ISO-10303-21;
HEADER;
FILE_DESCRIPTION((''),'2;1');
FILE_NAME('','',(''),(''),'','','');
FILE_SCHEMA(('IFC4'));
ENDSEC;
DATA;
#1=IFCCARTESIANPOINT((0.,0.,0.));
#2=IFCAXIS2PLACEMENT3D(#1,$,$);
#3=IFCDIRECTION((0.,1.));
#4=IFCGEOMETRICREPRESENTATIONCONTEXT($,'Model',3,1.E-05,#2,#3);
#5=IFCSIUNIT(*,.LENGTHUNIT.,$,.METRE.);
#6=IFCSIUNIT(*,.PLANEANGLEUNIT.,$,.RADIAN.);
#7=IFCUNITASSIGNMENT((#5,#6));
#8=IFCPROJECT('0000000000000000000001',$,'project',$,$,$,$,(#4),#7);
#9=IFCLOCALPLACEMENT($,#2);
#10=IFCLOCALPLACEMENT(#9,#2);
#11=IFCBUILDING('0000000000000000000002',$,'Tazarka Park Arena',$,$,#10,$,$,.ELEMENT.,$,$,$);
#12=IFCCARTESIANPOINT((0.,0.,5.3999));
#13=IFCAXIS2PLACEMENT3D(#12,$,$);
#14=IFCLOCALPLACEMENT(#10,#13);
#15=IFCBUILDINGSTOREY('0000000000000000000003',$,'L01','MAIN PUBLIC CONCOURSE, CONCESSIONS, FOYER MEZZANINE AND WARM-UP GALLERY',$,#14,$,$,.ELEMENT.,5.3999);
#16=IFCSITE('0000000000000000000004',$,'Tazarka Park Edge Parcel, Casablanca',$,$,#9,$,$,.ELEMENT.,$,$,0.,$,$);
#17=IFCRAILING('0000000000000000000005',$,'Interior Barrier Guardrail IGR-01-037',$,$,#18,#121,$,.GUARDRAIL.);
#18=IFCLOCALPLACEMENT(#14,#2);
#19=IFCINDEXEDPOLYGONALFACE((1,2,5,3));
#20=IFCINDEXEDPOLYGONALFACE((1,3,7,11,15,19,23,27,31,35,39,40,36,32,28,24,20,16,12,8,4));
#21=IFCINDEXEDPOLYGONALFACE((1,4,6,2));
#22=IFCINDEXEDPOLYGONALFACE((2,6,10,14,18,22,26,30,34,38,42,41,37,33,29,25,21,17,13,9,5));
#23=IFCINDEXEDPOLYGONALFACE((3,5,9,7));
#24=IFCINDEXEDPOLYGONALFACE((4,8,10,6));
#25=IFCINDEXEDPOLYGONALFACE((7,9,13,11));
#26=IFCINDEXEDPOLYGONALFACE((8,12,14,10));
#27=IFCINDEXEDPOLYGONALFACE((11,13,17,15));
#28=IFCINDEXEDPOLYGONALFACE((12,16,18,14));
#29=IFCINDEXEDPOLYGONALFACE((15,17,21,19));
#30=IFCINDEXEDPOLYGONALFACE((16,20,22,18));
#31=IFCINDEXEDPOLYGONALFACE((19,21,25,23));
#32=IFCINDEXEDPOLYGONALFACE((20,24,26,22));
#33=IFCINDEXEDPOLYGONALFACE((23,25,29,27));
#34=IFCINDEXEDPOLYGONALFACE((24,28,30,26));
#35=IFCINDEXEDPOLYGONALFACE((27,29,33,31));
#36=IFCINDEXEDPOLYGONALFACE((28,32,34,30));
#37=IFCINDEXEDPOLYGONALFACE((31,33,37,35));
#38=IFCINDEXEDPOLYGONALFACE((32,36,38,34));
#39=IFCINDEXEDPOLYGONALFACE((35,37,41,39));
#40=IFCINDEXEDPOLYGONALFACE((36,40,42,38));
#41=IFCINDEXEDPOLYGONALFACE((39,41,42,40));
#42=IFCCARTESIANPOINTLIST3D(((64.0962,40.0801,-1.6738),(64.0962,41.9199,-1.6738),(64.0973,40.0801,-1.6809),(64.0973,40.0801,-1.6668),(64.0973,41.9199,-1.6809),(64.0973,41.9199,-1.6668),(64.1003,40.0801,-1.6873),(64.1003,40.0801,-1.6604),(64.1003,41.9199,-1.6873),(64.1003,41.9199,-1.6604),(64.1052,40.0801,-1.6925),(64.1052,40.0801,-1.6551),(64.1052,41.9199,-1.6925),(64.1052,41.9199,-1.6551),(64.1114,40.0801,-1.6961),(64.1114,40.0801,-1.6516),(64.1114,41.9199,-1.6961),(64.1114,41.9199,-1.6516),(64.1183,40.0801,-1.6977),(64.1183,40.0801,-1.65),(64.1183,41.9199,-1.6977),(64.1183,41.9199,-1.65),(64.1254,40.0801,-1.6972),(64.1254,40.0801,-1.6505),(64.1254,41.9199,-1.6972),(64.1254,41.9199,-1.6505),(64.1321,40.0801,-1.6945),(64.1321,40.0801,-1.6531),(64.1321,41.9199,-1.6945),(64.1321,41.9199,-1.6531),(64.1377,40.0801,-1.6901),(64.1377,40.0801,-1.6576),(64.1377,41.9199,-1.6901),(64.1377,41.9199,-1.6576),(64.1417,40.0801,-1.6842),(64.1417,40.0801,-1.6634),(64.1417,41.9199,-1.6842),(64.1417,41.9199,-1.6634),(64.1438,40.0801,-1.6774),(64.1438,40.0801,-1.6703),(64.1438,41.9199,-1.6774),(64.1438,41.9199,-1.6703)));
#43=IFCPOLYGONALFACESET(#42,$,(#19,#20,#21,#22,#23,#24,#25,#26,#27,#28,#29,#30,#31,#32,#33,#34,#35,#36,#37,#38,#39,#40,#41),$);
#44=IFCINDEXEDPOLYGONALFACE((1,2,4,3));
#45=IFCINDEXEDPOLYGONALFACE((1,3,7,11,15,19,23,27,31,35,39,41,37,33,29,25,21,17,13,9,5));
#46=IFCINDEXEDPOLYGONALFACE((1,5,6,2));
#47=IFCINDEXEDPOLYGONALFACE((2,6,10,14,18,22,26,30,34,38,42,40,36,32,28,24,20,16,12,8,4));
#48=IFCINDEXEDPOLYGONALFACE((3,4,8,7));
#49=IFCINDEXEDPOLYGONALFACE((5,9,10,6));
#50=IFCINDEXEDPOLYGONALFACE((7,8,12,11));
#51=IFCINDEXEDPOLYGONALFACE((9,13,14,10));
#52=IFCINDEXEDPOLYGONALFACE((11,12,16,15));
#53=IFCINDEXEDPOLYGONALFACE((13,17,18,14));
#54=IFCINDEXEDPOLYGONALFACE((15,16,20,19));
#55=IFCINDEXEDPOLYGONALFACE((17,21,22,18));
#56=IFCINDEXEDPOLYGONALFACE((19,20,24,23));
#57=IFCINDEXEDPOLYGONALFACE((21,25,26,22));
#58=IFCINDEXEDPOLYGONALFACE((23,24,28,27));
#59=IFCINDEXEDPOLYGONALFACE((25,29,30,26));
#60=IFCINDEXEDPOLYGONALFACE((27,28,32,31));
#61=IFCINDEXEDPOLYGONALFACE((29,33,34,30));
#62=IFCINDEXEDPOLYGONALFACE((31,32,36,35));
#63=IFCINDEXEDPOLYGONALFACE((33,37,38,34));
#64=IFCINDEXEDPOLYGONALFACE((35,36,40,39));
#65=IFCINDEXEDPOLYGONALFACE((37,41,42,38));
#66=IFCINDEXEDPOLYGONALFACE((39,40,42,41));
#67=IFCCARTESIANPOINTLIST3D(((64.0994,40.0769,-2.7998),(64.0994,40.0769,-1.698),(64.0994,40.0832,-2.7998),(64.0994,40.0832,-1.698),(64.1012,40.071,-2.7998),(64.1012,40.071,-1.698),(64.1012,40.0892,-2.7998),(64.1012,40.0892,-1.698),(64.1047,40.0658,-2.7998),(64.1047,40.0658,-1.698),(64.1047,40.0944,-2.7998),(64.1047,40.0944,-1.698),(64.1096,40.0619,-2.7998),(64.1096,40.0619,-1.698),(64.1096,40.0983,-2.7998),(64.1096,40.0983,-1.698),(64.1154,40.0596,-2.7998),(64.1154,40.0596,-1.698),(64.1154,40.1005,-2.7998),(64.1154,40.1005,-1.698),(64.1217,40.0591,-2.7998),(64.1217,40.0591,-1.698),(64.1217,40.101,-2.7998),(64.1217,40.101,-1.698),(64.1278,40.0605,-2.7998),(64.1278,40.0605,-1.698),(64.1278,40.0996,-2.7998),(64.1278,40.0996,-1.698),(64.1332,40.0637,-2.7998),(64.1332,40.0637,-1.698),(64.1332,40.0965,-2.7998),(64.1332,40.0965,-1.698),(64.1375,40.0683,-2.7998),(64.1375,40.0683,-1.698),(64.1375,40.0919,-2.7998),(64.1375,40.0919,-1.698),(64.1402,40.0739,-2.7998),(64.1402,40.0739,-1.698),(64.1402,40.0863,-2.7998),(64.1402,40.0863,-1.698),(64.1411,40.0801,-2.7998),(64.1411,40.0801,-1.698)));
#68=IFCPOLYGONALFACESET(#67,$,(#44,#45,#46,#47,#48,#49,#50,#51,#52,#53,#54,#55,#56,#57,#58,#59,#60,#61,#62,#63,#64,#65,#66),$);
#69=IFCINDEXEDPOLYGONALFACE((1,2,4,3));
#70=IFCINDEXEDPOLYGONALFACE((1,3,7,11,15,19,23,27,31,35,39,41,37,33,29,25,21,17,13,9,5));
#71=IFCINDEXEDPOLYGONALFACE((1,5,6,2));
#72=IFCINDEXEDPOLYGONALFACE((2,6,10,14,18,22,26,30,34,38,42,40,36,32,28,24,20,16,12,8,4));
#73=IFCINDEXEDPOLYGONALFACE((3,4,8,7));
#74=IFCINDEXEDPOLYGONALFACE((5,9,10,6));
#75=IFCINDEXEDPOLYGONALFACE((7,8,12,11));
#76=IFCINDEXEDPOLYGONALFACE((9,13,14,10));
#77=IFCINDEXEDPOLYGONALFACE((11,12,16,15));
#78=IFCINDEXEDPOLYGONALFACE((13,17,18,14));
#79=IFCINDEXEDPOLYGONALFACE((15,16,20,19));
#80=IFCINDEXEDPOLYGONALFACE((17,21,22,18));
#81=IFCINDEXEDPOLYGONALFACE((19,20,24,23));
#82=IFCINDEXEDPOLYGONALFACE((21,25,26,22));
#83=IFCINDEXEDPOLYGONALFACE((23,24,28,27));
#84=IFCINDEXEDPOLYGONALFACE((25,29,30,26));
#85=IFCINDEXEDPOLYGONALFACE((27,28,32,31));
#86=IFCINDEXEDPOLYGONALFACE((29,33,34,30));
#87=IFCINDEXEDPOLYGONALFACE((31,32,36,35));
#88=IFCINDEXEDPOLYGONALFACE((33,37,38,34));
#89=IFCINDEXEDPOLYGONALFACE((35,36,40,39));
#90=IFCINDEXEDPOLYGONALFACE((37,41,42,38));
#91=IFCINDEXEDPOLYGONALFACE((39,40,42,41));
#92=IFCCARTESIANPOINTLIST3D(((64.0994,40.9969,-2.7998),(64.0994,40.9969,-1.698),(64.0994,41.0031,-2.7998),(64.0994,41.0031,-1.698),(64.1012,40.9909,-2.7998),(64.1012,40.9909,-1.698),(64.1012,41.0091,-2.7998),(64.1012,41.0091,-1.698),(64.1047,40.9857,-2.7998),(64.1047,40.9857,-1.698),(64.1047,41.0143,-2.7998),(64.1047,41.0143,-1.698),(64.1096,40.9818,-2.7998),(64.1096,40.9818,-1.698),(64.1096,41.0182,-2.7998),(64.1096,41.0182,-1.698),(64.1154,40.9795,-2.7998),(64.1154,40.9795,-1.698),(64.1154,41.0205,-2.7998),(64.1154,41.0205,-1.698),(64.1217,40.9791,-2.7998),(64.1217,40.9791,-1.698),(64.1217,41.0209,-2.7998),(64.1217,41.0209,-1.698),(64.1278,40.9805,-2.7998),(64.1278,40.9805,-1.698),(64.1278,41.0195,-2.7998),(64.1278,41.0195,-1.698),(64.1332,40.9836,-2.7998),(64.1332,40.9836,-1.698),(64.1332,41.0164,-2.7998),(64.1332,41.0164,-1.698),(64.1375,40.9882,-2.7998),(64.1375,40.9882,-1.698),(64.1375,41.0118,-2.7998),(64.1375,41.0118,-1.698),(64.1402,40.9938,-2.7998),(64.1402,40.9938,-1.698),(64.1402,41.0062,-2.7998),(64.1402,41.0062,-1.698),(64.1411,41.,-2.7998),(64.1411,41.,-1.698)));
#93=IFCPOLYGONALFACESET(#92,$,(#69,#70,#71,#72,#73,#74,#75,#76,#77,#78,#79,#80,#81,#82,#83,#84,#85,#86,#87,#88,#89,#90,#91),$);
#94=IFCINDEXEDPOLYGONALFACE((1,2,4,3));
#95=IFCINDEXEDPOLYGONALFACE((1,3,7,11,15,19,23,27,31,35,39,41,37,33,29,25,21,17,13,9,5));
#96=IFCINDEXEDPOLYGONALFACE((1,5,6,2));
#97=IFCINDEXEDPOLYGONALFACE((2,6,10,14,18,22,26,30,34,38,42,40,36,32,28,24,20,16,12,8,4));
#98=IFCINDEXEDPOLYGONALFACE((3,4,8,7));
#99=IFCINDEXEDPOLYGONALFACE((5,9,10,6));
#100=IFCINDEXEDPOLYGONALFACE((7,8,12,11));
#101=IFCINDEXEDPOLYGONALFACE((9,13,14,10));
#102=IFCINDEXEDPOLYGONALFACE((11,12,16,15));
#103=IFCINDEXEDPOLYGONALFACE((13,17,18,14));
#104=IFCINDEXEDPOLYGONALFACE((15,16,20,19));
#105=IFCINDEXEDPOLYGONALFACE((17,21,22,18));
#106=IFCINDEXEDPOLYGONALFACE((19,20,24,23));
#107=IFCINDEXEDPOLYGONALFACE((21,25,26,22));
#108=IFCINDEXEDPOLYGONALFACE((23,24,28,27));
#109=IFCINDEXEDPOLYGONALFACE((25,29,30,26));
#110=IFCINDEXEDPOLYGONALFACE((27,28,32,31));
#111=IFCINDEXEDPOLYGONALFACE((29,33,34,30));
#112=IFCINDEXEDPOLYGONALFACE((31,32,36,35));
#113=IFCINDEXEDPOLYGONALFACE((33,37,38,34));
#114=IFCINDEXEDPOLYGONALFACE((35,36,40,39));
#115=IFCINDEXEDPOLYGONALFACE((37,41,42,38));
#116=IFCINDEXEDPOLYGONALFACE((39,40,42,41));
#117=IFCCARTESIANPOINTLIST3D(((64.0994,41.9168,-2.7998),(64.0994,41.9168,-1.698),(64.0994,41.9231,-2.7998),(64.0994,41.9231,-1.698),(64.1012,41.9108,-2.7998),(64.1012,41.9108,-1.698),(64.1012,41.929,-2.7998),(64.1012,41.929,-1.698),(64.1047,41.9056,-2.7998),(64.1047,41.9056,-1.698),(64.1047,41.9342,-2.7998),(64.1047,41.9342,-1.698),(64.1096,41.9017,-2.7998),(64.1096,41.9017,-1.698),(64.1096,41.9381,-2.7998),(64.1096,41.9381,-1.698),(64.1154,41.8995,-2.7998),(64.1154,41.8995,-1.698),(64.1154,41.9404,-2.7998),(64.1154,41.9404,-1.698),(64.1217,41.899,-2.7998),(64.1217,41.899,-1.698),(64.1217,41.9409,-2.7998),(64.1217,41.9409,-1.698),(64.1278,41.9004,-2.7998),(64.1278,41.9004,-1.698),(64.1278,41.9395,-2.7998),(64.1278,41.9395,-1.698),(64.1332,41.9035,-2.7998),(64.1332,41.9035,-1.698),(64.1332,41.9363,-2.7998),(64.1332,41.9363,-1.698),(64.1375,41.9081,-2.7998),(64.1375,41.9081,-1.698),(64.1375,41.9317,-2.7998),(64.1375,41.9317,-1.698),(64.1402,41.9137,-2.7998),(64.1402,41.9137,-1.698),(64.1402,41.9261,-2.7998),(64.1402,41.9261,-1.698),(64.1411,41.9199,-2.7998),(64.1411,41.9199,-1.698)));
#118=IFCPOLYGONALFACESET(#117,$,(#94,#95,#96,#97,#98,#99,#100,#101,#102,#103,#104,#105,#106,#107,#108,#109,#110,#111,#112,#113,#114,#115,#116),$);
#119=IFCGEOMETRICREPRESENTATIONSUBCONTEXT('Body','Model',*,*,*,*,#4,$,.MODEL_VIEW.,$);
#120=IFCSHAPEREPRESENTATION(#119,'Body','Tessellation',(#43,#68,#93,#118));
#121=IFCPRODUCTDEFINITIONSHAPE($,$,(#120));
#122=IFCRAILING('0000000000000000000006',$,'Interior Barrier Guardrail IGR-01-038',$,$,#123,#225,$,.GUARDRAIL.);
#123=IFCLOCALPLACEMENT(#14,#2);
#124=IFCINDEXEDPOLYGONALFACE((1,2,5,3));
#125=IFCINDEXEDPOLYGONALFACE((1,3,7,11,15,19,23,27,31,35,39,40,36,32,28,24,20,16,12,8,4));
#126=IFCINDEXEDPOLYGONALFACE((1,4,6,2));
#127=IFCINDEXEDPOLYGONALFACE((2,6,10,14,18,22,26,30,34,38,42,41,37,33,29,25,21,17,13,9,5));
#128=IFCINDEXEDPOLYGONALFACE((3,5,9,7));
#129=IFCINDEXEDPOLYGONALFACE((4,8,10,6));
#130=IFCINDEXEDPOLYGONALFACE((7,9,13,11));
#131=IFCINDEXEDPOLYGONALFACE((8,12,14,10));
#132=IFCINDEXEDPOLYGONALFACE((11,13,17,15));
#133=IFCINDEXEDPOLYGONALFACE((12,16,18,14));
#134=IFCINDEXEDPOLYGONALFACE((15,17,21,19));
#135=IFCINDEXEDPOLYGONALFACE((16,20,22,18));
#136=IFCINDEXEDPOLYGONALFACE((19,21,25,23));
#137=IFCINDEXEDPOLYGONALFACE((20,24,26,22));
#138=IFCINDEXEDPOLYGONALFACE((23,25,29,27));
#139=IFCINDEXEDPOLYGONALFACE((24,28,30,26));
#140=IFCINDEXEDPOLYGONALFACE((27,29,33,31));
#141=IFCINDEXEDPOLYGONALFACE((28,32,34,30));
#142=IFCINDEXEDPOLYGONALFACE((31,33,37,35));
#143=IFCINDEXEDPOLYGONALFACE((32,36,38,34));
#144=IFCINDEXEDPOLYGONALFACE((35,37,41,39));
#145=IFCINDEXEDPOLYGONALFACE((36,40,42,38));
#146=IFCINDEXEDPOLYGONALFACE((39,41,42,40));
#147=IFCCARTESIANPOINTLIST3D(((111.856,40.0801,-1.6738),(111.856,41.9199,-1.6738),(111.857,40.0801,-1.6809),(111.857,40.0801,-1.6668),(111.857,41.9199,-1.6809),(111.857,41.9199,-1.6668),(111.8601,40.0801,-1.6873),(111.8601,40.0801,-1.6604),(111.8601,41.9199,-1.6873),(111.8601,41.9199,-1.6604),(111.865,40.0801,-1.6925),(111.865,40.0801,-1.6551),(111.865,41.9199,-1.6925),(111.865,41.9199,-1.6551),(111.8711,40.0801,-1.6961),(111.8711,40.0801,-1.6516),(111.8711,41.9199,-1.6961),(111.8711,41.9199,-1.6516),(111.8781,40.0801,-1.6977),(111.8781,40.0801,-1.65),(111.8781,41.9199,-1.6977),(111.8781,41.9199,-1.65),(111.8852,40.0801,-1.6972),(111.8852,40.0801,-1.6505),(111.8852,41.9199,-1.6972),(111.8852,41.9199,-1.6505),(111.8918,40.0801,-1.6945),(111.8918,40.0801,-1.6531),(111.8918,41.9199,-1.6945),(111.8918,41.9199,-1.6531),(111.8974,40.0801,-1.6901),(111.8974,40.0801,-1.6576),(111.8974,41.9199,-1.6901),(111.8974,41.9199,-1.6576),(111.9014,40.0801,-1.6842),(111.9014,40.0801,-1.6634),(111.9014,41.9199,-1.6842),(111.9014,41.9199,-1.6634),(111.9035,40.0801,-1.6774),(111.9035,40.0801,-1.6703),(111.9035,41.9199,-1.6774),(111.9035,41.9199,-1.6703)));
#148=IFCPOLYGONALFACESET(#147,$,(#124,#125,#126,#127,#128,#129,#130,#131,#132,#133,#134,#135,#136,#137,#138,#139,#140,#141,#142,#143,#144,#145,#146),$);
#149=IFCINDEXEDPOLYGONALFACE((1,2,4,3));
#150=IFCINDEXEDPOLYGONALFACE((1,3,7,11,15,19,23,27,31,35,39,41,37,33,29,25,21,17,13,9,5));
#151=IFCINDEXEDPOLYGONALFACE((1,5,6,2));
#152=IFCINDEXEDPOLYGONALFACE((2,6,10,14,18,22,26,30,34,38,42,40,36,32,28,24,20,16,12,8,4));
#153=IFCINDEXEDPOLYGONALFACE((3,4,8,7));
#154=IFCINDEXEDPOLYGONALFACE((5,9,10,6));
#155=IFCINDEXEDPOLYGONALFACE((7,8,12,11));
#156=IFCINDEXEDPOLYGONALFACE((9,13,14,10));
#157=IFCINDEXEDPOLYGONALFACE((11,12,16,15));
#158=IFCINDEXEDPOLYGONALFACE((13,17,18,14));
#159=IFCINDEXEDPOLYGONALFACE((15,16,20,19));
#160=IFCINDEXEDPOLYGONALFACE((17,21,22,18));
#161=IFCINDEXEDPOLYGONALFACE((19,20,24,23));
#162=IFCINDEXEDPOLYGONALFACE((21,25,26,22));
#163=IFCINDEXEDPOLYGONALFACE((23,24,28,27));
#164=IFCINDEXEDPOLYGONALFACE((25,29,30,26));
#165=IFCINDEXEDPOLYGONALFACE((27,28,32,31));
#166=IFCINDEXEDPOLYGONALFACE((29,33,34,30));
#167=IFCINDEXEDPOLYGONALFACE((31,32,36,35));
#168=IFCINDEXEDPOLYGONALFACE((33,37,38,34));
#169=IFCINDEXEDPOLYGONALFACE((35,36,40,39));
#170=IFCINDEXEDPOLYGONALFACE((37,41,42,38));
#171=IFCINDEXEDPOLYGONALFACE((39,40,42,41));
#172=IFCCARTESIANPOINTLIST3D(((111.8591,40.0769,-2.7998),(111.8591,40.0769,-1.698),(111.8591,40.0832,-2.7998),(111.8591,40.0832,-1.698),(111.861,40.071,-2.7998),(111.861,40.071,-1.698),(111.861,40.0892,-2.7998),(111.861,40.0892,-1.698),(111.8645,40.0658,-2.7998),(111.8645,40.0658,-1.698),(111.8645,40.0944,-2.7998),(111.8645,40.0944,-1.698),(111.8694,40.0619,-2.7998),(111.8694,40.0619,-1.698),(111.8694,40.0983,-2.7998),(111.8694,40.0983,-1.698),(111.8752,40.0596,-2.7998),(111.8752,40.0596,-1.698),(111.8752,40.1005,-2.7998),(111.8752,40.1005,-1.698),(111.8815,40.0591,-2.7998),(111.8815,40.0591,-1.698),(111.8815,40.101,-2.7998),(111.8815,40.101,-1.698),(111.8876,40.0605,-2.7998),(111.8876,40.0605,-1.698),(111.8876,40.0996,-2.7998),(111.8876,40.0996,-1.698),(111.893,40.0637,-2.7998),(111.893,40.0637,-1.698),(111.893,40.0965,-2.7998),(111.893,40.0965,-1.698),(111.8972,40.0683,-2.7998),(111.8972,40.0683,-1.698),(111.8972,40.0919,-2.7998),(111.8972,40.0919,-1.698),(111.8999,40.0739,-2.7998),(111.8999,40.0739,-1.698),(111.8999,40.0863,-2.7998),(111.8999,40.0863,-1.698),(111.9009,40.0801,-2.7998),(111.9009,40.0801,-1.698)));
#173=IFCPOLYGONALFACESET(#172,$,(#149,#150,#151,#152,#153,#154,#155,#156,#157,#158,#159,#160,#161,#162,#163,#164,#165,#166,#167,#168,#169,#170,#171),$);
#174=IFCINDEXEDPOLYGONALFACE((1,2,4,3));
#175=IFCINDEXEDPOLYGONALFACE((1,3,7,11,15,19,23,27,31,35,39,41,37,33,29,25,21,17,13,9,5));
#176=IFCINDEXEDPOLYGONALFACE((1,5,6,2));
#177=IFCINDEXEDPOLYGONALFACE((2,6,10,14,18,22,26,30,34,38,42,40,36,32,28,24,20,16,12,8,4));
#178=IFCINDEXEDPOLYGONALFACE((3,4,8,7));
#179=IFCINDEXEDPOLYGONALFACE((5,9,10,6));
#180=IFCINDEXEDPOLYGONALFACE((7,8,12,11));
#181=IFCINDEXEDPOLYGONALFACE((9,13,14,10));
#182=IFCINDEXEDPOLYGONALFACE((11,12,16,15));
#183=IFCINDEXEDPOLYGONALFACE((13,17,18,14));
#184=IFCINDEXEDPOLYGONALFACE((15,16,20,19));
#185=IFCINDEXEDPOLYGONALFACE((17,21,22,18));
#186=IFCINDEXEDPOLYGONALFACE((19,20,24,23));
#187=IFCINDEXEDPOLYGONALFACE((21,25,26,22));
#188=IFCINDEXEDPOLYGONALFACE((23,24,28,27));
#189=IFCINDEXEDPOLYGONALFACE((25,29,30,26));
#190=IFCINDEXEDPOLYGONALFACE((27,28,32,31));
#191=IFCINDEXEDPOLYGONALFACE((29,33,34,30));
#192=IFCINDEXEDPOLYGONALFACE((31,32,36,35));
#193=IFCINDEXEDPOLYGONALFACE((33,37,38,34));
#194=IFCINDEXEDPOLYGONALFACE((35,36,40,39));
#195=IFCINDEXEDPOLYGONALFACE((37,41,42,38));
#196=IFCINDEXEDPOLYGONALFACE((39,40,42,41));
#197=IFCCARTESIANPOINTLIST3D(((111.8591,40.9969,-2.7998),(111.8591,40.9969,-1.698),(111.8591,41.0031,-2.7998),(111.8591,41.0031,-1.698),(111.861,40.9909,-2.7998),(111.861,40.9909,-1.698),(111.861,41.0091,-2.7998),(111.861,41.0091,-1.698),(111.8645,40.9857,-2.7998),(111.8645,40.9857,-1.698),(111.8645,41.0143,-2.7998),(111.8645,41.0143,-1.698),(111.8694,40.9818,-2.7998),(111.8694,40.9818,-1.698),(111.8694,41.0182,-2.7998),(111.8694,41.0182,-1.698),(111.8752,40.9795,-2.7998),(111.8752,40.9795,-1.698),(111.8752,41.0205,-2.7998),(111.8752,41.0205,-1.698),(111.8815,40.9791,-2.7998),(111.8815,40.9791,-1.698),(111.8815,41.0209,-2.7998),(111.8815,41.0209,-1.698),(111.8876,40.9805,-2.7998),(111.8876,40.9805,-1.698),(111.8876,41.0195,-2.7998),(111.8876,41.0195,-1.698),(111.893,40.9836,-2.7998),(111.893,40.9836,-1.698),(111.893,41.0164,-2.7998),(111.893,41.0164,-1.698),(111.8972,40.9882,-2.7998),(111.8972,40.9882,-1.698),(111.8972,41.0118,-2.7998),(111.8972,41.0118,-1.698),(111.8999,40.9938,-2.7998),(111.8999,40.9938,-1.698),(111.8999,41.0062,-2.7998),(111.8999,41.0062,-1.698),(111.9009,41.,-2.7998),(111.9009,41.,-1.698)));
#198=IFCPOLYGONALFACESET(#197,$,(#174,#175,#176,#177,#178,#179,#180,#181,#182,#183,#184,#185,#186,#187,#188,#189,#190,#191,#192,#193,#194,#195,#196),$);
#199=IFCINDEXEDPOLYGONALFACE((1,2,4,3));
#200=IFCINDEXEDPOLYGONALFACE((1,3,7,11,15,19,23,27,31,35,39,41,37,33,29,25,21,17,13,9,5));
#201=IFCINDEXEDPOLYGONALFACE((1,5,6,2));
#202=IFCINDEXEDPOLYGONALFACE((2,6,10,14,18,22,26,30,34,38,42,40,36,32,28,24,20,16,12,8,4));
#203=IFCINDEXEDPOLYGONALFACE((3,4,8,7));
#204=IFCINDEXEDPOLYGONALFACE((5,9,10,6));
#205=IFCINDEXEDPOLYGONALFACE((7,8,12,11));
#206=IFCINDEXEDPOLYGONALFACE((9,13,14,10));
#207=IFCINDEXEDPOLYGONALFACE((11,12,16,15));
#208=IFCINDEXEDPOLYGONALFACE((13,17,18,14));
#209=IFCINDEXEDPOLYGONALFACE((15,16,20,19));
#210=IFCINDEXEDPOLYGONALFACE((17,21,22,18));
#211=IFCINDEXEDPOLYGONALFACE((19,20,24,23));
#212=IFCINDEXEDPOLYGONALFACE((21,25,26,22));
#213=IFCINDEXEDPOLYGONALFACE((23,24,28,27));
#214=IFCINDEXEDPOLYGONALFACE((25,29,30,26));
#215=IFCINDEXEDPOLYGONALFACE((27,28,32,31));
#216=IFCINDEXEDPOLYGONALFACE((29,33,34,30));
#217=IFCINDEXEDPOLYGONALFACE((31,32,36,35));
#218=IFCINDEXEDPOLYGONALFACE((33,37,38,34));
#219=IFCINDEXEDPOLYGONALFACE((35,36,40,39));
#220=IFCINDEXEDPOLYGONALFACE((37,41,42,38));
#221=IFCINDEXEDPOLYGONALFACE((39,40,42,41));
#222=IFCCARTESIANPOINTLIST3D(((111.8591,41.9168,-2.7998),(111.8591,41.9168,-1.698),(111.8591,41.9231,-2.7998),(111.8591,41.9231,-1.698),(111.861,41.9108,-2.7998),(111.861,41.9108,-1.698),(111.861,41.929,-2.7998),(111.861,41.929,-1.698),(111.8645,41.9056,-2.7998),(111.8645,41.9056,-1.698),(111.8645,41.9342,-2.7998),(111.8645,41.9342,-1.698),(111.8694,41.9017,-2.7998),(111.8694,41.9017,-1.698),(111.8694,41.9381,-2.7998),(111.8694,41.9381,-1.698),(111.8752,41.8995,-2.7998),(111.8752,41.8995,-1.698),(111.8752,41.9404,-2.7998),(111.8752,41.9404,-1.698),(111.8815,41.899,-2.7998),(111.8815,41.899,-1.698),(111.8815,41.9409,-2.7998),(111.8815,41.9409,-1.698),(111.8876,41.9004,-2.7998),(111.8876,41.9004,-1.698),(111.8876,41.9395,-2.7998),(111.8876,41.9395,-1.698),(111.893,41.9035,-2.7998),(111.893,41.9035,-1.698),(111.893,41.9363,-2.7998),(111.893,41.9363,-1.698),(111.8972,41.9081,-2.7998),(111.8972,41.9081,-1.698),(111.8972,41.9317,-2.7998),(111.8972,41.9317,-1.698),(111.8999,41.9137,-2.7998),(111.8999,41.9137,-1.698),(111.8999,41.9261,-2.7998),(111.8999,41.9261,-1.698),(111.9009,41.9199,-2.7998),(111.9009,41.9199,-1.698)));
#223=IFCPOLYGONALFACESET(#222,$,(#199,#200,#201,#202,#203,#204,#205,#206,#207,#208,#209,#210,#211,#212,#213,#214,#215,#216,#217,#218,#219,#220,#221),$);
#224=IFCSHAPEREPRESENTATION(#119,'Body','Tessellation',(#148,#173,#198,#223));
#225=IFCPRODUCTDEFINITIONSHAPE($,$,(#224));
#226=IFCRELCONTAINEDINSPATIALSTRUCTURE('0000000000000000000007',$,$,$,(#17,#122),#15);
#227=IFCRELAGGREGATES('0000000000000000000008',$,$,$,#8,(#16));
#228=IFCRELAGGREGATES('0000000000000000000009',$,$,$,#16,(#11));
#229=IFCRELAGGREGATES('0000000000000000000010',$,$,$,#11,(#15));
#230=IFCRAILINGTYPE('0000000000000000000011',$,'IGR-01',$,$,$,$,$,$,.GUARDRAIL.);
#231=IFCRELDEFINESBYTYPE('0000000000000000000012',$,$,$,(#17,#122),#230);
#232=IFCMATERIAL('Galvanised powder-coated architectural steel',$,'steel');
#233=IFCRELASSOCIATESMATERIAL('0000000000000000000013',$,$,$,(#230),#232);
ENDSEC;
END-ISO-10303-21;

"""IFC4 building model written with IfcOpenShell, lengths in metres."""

from ifc_helpers import new_model, si_unit, direction, frame, origin, origin_2d, place, context, subcontext, project, spatial, circle, extrude, material, type_object, element, save


model = new_model("IFC4")

# Units and contexts
model_context = context("Model", 3, precision=1e-05, world=origin(), true_north=direction((0.0, 1.0)))
body_context = subcontext(model_context, "Body", "Model", "MODEL_VIEW")
ifc_project = project(units=[si_unit("LENGTHUNIT", "METRE"), si_unit("PLANEANGLEUNIT", "RADIAN")], contexts=[model_context])

# Site, building, storey
site_placement = place(None, origin())
site = spatial("IfcSite", under=ifc_project, at=site_placement, Name="Tazarka Park Edge Parcel, Casablanca", CompositionType="ELEMENT", RefElevation=0.0)
building_placement = place(site_placement, origin())
building = spatial("IfcBuilding", under=site, at=building_placement, Name="Tazarka Park Arena", CompositionType="ELEMENT")
storey_placement = place(building_placement, frame((0.0, 0.0, 5.3999)))
storey = spatial("IfcBuildingStorey", under=building, at=storey_placement, Name="L01", Description="MAIN PUBLIC CONCOURSE, CONCESSIONS, FOYER MEZZANINE AND WARM-UP GALLERY", CompositionType="ELEMENT", Elevation=5.3999)

# Railings
ifc_material_1 = material(Name="Galvanised powder-coated architectural steel", Category="steel")
railing_type = type_object("IfcRailingType", Name="IGR-01", PredefinedType="GUARDRAIL", material=ifc_material_1)
for number, where, name in (
    (1, (64.1201, 40.0801, -2.7998), "Interior Barrier Guardrail IGR-01-037"),
    (2, (111.8799, 40.0801, -2.7998), "Interior Barrier Guardrail IGR-01-038"),
):
    element("IfcRailing", number, at=place(storey_placement, frame(where)), inside=storey, type_object=railing_type, Name=name, PredefinedType="GUARDRAIL", context=body_context, shape_type="SweptSolid", body=[
        extrude(circle(Radius=0.0239, at=origin_2d()), frame((0.0, 0.0, 1.126), z_axis=(0.0, 1.0, 0.0), x_axis=(-1.0, 0.0, 0.0)), (0.0, 0.0, 1.0), 1.8398),
        extrude(circle(Radius=0.021, at=origin_2d()), origin(), (0.0, 0.0, 1.0), 1.1018),
        extrude(circle(Radius=0.021, at=origin_2d()), frame((0.0, 0.9199, 0.0)), (0.0, 0.0, 1.0), 1.1018),
        extrude(circle(Radius=0.021, at=origin_2d()), frame((0.0, 1.8398, 0.0)), (0.0, 0.0, 1.0), 1.1018),
    ])

save(model, "model.ifc")
